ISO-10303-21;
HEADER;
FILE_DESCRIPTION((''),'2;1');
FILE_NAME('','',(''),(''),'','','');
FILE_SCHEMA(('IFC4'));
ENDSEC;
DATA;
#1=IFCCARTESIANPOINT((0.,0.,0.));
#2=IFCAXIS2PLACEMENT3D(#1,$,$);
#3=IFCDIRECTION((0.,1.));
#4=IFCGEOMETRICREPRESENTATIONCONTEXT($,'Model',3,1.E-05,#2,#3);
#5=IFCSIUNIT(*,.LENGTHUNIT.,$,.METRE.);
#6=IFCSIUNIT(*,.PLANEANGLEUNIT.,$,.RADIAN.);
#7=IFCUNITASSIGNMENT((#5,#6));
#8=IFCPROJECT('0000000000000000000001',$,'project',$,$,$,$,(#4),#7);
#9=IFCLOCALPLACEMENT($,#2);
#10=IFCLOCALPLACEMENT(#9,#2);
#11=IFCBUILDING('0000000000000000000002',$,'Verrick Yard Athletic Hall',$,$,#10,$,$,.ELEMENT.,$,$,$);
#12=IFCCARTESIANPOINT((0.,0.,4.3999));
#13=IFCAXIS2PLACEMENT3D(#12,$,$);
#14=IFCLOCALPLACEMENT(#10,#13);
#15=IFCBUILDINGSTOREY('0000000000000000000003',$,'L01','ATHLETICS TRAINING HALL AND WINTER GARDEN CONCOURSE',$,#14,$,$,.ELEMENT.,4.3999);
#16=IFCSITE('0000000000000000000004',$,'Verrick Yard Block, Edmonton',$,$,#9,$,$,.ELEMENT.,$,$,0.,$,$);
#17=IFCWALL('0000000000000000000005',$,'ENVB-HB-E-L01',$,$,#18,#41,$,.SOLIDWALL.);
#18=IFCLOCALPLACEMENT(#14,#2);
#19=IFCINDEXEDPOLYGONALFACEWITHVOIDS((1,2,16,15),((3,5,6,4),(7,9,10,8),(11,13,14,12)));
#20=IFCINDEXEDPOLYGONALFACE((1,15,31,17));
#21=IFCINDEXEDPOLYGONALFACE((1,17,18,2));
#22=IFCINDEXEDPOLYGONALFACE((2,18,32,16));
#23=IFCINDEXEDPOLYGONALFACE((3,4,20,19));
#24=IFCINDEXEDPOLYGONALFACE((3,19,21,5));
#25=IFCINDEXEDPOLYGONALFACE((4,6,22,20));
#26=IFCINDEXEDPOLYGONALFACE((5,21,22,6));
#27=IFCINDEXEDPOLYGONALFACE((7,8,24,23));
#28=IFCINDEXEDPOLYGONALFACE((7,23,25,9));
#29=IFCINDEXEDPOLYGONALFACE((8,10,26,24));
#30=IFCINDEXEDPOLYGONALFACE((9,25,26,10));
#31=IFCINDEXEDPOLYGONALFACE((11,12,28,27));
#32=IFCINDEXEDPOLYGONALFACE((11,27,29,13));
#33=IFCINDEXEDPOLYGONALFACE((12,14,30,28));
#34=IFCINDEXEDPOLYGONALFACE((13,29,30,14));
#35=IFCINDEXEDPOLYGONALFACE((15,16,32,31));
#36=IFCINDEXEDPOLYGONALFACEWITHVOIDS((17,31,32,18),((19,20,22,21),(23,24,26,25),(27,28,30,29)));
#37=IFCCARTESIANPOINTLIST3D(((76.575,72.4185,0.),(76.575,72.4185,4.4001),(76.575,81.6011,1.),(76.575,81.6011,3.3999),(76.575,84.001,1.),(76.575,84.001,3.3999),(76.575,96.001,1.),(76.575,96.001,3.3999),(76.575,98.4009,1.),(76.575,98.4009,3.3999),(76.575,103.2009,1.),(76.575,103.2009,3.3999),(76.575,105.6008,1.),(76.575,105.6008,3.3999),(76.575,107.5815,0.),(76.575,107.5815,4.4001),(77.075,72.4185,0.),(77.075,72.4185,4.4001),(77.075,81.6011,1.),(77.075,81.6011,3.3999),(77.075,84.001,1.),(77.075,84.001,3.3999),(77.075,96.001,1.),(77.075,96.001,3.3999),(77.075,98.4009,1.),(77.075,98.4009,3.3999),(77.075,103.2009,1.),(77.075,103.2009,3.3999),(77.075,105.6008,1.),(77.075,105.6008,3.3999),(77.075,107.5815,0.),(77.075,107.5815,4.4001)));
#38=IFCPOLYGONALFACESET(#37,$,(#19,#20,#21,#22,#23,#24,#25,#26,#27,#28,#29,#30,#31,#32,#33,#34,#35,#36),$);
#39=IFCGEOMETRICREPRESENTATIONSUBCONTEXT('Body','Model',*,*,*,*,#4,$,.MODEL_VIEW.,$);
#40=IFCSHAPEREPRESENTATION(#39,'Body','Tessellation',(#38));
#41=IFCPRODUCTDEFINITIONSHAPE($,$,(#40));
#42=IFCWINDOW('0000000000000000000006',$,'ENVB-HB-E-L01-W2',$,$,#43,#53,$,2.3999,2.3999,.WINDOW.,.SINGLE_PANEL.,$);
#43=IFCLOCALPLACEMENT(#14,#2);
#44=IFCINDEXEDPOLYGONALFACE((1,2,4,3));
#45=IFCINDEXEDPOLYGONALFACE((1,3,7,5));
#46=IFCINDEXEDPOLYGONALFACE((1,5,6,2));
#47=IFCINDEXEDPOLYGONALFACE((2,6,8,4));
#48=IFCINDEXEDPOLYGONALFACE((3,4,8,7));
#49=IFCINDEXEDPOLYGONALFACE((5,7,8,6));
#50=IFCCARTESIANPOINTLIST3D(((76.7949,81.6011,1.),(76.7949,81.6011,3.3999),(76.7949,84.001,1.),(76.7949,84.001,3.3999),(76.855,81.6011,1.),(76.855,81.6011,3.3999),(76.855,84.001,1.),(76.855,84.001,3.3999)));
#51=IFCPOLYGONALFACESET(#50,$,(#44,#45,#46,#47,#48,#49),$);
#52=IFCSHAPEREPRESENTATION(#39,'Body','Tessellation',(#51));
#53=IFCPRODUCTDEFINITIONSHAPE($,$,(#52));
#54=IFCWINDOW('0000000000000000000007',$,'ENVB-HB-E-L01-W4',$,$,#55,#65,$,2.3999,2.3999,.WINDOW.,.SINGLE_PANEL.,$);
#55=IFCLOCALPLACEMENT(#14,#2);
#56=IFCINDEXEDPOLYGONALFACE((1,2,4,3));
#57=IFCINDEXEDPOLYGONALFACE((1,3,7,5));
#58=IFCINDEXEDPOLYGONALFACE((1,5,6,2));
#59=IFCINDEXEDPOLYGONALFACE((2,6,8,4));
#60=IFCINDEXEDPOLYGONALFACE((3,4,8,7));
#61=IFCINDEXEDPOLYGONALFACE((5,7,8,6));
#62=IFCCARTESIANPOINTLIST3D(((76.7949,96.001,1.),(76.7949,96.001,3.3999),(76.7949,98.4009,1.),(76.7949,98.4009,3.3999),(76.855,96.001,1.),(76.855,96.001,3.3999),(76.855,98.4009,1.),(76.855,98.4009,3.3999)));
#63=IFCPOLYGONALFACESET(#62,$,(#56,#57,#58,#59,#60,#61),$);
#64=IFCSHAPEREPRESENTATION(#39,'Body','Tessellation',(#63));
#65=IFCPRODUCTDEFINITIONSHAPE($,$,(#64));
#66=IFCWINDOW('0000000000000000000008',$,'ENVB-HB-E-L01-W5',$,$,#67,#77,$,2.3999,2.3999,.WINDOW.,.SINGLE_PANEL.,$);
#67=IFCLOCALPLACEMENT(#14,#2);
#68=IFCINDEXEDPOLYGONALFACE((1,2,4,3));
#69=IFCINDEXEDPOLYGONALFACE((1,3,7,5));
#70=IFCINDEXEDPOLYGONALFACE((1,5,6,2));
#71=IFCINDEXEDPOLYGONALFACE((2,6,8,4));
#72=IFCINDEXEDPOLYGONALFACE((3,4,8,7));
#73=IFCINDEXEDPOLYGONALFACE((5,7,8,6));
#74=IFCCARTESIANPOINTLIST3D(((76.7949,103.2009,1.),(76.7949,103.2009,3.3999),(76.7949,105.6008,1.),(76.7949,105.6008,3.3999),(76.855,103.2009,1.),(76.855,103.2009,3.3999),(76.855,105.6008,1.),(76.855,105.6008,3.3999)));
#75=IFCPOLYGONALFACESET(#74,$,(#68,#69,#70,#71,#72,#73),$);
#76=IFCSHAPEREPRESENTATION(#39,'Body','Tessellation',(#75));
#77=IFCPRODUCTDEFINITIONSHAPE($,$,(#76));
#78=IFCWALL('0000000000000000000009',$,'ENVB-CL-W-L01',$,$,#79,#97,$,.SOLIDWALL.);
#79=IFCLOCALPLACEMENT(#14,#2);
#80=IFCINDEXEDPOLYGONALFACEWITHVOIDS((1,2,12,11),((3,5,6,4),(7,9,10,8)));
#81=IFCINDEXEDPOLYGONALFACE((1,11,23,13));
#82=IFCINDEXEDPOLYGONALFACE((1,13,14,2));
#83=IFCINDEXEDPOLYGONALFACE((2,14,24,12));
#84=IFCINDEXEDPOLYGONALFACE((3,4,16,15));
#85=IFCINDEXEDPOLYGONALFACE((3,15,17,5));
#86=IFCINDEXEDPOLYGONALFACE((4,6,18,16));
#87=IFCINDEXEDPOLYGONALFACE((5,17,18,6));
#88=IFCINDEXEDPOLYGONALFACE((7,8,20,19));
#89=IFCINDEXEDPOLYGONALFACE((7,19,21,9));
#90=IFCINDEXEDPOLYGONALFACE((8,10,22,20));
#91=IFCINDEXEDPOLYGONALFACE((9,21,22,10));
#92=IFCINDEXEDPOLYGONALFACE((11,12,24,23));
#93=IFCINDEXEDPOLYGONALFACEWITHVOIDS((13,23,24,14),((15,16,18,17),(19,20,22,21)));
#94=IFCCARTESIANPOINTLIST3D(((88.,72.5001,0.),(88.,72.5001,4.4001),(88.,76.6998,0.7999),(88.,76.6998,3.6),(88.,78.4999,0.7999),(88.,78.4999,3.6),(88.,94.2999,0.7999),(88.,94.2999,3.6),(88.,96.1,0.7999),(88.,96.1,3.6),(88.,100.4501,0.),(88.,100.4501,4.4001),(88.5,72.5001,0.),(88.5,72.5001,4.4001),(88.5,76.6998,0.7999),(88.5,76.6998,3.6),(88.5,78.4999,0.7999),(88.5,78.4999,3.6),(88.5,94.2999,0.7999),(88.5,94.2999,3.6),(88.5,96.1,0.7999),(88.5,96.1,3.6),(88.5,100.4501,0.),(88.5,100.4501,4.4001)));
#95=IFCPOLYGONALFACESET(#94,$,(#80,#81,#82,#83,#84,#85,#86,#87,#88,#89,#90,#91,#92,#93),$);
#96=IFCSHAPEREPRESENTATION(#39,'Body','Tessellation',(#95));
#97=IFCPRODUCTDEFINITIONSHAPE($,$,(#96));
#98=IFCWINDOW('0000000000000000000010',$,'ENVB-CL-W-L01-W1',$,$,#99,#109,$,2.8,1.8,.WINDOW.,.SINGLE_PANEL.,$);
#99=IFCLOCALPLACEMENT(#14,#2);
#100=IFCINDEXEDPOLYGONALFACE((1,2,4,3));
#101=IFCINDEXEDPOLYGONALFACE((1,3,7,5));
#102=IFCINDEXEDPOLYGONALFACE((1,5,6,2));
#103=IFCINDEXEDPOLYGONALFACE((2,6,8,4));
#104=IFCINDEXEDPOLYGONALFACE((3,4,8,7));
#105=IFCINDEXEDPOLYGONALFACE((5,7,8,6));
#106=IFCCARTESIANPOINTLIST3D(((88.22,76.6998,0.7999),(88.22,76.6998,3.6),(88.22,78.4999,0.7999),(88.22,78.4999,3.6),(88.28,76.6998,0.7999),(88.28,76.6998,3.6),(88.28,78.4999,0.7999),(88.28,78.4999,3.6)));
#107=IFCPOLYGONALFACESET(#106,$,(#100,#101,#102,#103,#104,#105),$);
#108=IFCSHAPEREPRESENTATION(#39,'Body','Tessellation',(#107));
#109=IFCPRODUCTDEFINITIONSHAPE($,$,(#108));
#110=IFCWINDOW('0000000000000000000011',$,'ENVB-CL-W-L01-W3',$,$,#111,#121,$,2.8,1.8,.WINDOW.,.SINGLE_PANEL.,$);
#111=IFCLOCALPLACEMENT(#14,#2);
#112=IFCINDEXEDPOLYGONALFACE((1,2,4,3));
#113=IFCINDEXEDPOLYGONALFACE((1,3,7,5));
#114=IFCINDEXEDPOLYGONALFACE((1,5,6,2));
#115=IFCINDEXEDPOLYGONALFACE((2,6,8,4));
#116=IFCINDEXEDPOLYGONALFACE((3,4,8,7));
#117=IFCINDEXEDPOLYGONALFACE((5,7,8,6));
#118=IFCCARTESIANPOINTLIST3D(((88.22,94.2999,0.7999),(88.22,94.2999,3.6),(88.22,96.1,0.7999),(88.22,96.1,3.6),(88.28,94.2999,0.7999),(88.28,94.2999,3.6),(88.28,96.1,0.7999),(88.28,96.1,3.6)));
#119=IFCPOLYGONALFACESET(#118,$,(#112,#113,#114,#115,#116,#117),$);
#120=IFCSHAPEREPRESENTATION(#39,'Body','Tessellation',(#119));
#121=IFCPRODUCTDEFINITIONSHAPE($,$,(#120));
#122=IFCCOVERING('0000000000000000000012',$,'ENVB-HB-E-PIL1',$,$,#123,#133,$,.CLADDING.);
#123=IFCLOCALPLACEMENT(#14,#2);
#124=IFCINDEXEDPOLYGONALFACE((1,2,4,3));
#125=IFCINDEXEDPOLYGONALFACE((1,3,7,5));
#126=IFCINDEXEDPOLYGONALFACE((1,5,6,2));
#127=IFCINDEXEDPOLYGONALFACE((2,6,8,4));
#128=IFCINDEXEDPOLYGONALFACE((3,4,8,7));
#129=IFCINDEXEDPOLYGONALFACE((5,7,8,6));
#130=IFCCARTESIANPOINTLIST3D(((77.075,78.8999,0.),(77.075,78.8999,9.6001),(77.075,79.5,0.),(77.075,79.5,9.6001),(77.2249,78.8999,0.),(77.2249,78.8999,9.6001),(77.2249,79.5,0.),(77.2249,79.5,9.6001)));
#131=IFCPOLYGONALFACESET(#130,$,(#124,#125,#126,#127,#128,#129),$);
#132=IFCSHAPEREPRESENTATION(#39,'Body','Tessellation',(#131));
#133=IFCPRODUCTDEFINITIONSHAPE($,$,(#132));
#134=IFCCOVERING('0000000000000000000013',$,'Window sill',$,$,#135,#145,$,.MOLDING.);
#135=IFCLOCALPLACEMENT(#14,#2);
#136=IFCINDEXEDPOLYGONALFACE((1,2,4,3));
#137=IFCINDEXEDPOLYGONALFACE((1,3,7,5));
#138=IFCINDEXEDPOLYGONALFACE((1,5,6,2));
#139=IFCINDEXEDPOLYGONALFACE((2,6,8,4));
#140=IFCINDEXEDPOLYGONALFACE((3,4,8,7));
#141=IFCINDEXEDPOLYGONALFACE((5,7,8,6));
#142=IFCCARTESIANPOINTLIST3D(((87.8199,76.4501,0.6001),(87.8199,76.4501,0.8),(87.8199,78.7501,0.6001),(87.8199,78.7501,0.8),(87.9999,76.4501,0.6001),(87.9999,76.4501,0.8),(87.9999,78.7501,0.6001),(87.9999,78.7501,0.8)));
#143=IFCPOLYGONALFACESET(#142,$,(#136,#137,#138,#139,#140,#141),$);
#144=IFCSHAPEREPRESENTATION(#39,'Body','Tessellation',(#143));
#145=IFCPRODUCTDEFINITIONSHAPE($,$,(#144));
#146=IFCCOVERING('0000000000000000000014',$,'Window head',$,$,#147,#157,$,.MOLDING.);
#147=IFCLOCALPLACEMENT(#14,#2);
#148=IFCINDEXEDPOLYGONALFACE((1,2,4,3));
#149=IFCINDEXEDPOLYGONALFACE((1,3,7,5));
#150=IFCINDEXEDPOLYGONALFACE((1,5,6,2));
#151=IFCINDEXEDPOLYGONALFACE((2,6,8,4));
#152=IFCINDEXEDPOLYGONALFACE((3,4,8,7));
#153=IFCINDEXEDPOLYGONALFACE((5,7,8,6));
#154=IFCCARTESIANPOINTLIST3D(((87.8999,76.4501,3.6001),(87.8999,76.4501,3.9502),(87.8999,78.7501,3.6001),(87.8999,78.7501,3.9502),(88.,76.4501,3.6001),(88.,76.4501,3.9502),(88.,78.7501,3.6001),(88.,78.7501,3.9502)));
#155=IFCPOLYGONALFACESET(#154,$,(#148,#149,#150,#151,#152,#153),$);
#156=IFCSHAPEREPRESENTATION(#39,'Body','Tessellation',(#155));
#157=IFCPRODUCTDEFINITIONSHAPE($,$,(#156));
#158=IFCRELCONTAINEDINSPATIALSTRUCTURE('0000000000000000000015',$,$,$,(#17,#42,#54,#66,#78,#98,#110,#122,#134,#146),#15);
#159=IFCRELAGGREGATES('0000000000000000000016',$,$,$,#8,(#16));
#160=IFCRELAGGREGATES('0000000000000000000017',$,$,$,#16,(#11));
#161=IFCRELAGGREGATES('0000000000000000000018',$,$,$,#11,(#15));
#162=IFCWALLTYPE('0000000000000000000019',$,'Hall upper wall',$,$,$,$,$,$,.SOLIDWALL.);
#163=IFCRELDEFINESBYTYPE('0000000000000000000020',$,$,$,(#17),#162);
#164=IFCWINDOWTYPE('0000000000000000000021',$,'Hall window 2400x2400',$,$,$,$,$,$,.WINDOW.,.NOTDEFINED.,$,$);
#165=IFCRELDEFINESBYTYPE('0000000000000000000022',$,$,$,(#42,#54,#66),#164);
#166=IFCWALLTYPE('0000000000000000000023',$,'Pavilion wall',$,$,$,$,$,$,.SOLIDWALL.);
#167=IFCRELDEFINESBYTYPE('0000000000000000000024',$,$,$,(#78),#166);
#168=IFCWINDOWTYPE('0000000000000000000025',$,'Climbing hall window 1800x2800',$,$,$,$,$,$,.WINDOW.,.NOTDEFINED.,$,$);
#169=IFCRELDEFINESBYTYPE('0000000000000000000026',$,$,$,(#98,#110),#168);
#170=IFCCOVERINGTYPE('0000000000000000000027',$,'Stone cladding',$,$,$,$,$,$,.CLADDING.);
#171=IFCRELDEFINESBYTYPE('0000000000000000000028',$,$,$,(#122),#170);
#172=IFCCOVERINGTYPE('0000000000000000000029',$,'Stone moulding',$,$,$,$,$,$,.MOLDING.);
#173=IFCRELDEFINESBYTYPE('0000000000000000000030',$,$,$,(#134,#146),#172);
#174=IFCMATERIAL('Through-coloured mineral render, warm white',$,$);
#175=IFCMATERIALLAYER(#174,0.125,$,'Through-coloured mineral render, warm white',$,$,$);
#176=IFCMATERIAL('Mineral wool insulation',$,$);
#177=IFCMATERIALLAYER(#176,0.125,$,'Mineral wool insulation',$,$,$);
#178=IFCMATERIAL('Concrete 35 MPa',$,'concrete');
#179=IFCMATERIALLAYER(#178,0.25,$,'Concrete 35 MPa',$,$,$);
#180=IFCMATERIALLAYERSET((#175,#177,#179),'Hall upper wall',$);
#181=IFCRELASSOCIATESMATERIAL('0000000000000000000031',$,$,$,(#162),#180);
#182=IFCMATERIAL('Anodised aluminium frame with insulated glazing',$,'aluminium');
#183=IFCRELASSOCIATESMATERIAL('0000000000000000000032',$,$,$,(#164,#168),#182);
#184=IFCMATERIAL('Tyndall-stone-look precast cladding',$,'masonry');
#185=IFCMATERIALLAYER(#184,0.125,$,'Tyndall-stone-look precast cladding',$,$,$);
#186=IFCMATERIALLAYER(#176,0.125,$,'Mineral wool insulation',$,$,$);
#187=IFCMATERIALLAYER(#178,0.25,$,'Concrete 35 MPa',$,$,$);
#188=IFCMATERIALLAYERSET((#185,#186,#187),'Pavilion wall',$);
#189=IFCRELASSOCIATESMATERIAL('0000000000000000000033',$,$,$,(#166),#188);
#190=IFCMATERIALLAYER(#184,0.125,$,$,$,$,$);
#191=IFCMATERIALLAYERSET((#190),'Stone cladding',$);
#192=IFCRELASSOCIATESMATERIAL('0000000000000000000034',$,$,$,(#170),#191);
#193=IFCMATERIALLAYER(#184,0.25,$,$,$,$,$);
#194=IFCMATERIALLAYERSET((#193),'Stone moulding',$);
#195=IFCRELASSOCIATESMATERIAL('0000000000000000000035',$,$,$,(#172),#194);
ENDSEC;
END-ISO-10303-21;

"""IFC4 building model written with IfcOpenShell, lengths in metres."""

from ifc_helpers import new_model, si_unit, direction, frame, frame_2d, origin, origin_2d, place, context, subcontext, project, spatial, rectangle, extrude, material, layer, layer_set, type_object, element, fill, save


model = new_model("IFC4")

# Units and contexts
model_context = context("Model", 3, precision=1e-05, world=origin(), true_north=direction((0.0, 1.0)))
body_context = subcontext(model_context, "Body", "Model", "MODEL_VIEW")
ifc_project = project(units=[si_unit("LENGTHUNIT", "METRE"), si_unit("PLANEANGLEUNIT", "RADIAN")], contexts=[model_context])

# Site, building, storey
site_placement = place(None, origin())
site = spatial("IfcSite", under=ifc_project, at=site_placement, Name="Verrick Yard Block, Edmonton", CompositionType="ELEMENT", RefElevation=0.0)
building_placement = place(site_placement, origin())
building = spatial("IfcBuilding", under=site, at=building_placement, Name="Verrick Yard Athletic Hall", CompositionType="ELEMENT")
storey_placement = place(building_placement, frame((0.0, 0.0, 4.3999)))
storey = spatial("IfcBuildingStorey", under=building, at=storey_placement, Name="L01", Description="ATHLETICS TRAINING HALL AND WINTER GARDEN CONCOURSE", CompositionType="ELEMENT", Elevation=4.3999)

# Walls, openings, windows
ifc_material_1 = material(Name="Through-coloured mineral render, warm white")
ifc_layer_1 = layer(ifc_material_1, 0.125, Name="Through-coloured mineral render, warm white")
ifc_material_2 = material(Name="Mineral wool insulation")
ifc_layer_2 = layer(ifc_material_2, 0.125, Name="Mineral wool insulation")
ifc_material_3 = material(Name="Concrete 35 MPa", Category="concrete")
ifc_layer_3 = layer(ifc_material_3, 0.25, Name="Concrete 35 MPa")
ifc_layer_set_1 = layer_set([ifc_layer_1, ifc_layer_2, ifc_layer_3], Name="Hall upper wall")
wall_type_1 = type_object("IfcWallType", Name="Hall upper wall", PredefinedType="SOLIDWALL", material=ifc_layer_set_1)
wall_1_placement = place(storey_placement, frame((76.825, 72.4185, 0.0), z_axis=(0.0, 0.0, 1.0), x_axis=(0.0, 1.0, 0.0)))
wall_1 = element("IfcWall", 1, at=wall_1_placement, inside=storey, type_object=wall_type_1, Name="ENVB-HB-E-L01", PredefinedType="SOLIDWALL", context=body_context, shape_type="SweptSolid", body=[
    extrude(rectangle(XDim=35.1631, YDim=0.5, at=frame_2d((17.5815, 0.0))), origin(), (0.0, 0.0, 1.0), 4.4001),
])
opening_1_placement = place(wall_1_placement, frame((9.1826, 0.0, 1.0)))
opening_1 = element("IfcOpeningElement", 2, at=opening_1_placement, cuts=wall_1, PredefinedType="OPENING", context=body_context, shape_type="SweptSolid", body=[
    extrude(rectangle(XDim=2.3999, YDim=2.3999, at=frame_2d((1.2, 1.2))), frame((0.0, 0.26, 0.0), z_axis=(0.0, -1.0, 0.0), x_axis=(1.0, 0.0, 0.0)), (0.0, 0.0, 1.0), 0.52),
])
opening_2_placement = place(wall_1_placement, frame((23.5825, 0.0, 1.0)))
opening_2 = element("IfcOpeningElement", 3, at=opening_2_placement, cuts=wall_1, PredefinedType="OPENING", context=body_context, shape_type="SweptSolid", body=[
    extrude(rectangle(XDim=2.3999, YDim=2.3999, at=frame_2d((1.2, 1.2))), frame((0.0, 0.26, 0.0), z_axis=(0.0, -1.0, 0.0), x_axis=(1.0, 0.0, 0.0)), (0.0, 0.0, 1.0), 0.52),
])
opening_3_placement = place(wall_1_placement, frame((30.7825, 0.0, 1.0)))
opening_3 = element("IfcOpeningElement", 4, at=opening_3_placement, cuts=wall_1, PredefinedType="OPENING", context=body_context, shape_type="SweptSolid", body=[
    extrude(rectangle(XDim=2.3999, YDim=2.3999, at=frame_2d((1.2, 1.2))), frame((0.0, 0.26, 0.0), z_axis=(0.0, -1.0, 0.0), x_axis=(1.0, 0.0, 0.0)), (0.0, 0.0, 1.0), 0.52),
])
ifc_material_4 = material(Name="Anodised aluminium frame with insulated glazing", Category="aluminium")
window_type_1 = type_object("IfcWindowType", Name="Hall window 2400x2400", PartitioningType="NOTDEFINED", PredefinedType="WINDOW", material=ifc_material_4)
window_1_placement = place(opening_1_placement, origin())
window_1 = element("IfcWindow", 5, at=window_1_placement, inside=storey, type_object=window_type_1, Name="ENVB-HB-E-L01-W2", OverallHeight=2.3999, OverallWidth=2.3999, PartitioningType="SINGLE_PANEL", PredefinedType="WINDOW", context=body_context, shape_type="SweptSolid", body=[
    extrude(rectangle(XDim=2.3999, YDim=2.3999, at=frame_2d((1.2, 1.2))), frame((0.0, 0.03, 0.0), z_axis=(0.0, -1.0, 0.0), x_axis=(1.0, 0.0, 0.0)), (0.0, 0.0, 1.0), 0.0601),
])
fill(opening_1, window_1)
window_2_placement = place(opening_2_placement, origin())
window_2 = element("IfcWindow", 6, at=window_2_placement, inside=storey, type_object=window_type_1, Name="ENVB-HB-E-L01-W4", OverallHeight=2.3999, OverallWidth=2.3999, PartitioningType="SINGLE_PANEL", PredefinedType="WINDOW", context=body_context, shape_type="SweptSolid", body=[
    extrude(rectangle(XDim=2.3999, YDim=2.3999, at=frame_2d((1.2, 1.2))), frame((0.0, 0.03, 0.0), z_axis=(0.0, -1.0, 0.0), x_axis=(1.0, 0.0, 0.0)), (0.0, 0.0, 1.0), 0.0601),
])
fill(opening_2, window_2)
window_3_placement = place(opening_3_placement, origin())
window_3 = element("IfcWindow", 7, at=window_3_placement, inside=storey, type_object=window_type_1, Name="ENVB-HB-E-L01-W5", OverallHeight=2.3999, OverallWidth=2.3999, PartitioningType="SINGLE_PANEL", PredefinedType="WINDOW", context=body_context, shape_type="SweptSolid", body=[
    extrude(rectangle(XDim=2.3999, YDim=2.3999, at=frame_2d((1.2, 1.2))), frame((0.0, 0.03, 0.0), z_axis=(0.0, -1.0, 0.0), x_axis=(1.0, 0.0, 0.0)), (0.0, 0.0, 1.0), 0.0601),
])
fill(opening_3, window_3)
ifc_material_5 = material(Name="Tyndall-stone-look precast cladding", Category="masonry")
ifc_layer_4 = layer(ifc_material_5, 0.125, Name="Tyndall-stone-look precast cladding")
ifc_layer_5 = layer(ifc_material_2, 0.125, Name="Mineral wool insulation")
ifc_layer_6 = layer(ifc_material_3, 0.25, Name="Concrete 35 MPa")
ifc_layer_set_2 = layer_set([ifc_layer_4, ifc_layer_5, ifc_layer_6], Name="Pavilion wall")
wall_type_2 = type_object("IfcWallType", Name="Pavilion wall", PredefinedType="SOLIDWALL", material=ifc_layer_set_2)
wall_2_placement = place(storey_placement, frame((88.25, 72.5, 0.0), z_axis=(0.0, 0.0, 1.0), x_axis=(0.0, 1.0, 0.0)))
wall_2 = element("IfcWall", 8, at=wall_2_placement, inside=storey, type_object=wall_type_2, Name="ENVB-CL-W-L01", PredefinedType="SOLIDWALL", context=body_context, shape_type="SweptSolid", body=[
    extrude(rectangle(XDim=27.95, YDim=0.5, at=frame_2d((13.9751, 0.0))), origin(), (0.0, 0.0, 1.0), 4.4001),
])
opening_4_placement = place(wall_2_placement, frame((4.2, 0.0, 0.8)))
opening_4 = element("IfcOpeningElement", 9, at=opening_4_placement, cuts=wall_2, PredefinedType="OPENING", context=body_context, shape_type="SweptSolid", body=[
    extrude(rectangle(XDim=1.8, YDim=2.8, at=frame_2d((0.8999, 1.3999))), frame((0.0, 0.26, 0.0), z_axis=(0.0, -1.0, 0.0), x_axis=(1.0, 0.0, 0.0)), (0.0, 0.0, 1.0), 0.52),
])
opening_5_placement = place(wall_2_placement, frame((21.8, 0.0, 0.8)))
opening_5 = element("IfcOpeningElement", 10, at=opening_5_placement, cuts=wall_2, PredefinedType="OPENING", context=body_context, shape_type="SweptSolid", body=[
    extrude(rectangle(XDim=1.8, YDim=2.8, at=frame_2d((0.8999, 1.3999))), frame((0.0, 0.26, 0.0), z_axis=(0.0, -1.0, 0.0), x_axis=(1.0, 0.0, 0.0)), (0.0, 0.0, 1.0), 0.52),
])
window_type_2 = type_object("IfcWindowType", Name="Climbing hall window 1800x2800", PartitioningType="NOTDEFINED", PredefinedType="WINDOW", material=ifc_material_4)
window_4_placement = place(opening_4_placement, origin())
window_4 = element("IfcWindow", 11, at=window_4_placement, inside=storey, type_object=window_type_2, Name="ENVB-CL-W-L01-W1", OverallHeight=2.8, OverallWidth=1.8, PartitioningType="SINGLE_PANEL", PredefinedType="WINDOW", context=body_context, shape_type="SweptSolid", body=[
    extrude(rectangle(XDim=1.8, YDim=2.8, at=frame_2d((0.8999, 1.3999))), frame((0.0, 0.03, 0.0), z_axis=(0.0, -1.0, 0.0), x_axis=(1.0, 0.0, 0.0)), (0.0, 0.0, 1.0), 0.0601),
])
fill(opening_4, window_4)
window_5_placement = place(opening_5_placement, origin())
window_5 = element("IfcWindow", 12, at=window_5_placement, inside=storey, type_object=window_type_2, Name="ENVB-CL-W-L01-W3", OverallHeight=2.8, OverallWidth=1.8, PartitioningType="SINGLE_PANEL", PredefinedType="WINDOW", context=body_context, shape_type="SweptSolid", body=[
    extrude(rectangle(XDim=1.8, YDim=2.8, at=frame_2d((0.8999, 1.3999))), frame((0.0, 0.03, 0.0), z_axis=(0.0, -1.0, 0.0), x_axis=(1.0, 0.0, 0.0)), (0.0, 0.0, 1.0), 0.0601),
])
fill(opening_5, window_5)

# Coverings
ifc_layer_7 = layer(ifc_material_5, 0.125)
ifc_layer_set_3 = layer_set([ifc_layer_7], Name="Stone cladding")
covering_type_1 = type_object("IfcCoveringType", Name="Stone cladding", PredefinedType="CLADDING", material=ifc_layer_set_3)
covering_1_placement = place(storey_placement, frame((77.1499, 79.2, 0.0), z_axis=(0.0, 0.0, 1.0), x_axis=(1.0, 0.0, 0.0)))
element("IfcCovering", 13, at=covering_1_placement, inside=storey, type_object=covering_type_1, Name="ENVB-HB-E-PIL1", PredefinedType="CLADDING", context=body_context, shape_type="SweptSolid", body=[
    extrude(rectangle(XDim=0.1499, YDim=0.6001, at=origin_2d()), origin(), (0.0, 0.0, 1.0), 9.6001),
])
ifc_layer_8 = layer(ifc_material_5, 0.25)
ifc_layer_set_4 = layer_set([ifc_layer_8], Name="Stone moulding")
covering_type_2 = type_object("IfcCoveringType", Name="Stone moulding", PredefinedType="MOLDING", material=ifc_layer_set_4)
covering_2_placement = place(storey_placement, frame((87.9099, 77.6001, 0.6001), z_axis=(0.0, 0.0, 1.0), x_axis=(0.0, 1.0, 0.0)))
element("IfcCovering", 14, at=covering_2_placement, inside=storey, type_object=covering_type_2, Name="Window sill", PredefinedType="MOLDING", context=body_context, shape_type="SweptSolid", body=[
    extrude(rectangle(XDim=2.3, YDim=0.1799, at=origin_2d()), origin(), (0.0, 0.0, 1.0), 0.2),
])
covering_3_placement = place(storey_placement, frame((87.95, 77.6001, 3.6001), z_axis=(0.0, 0.0, 1.0), x_axis=(0.0, 1.0, 0.0)))
element("IfcCovering", 15, at=covering_3_placement, inside=storey, type_object=covering_type_2, Name="Window head", PredefinedType="MOLDING", context=body_context, shape_type="SweptSolid", body=[
    extrude(rectangle(XDim=2.3, YDim=0.1001, at=origin_2d()), origin(), (0.0, 0.0, 1.0), 0.3501),
])

save(model, "model.ifc")
